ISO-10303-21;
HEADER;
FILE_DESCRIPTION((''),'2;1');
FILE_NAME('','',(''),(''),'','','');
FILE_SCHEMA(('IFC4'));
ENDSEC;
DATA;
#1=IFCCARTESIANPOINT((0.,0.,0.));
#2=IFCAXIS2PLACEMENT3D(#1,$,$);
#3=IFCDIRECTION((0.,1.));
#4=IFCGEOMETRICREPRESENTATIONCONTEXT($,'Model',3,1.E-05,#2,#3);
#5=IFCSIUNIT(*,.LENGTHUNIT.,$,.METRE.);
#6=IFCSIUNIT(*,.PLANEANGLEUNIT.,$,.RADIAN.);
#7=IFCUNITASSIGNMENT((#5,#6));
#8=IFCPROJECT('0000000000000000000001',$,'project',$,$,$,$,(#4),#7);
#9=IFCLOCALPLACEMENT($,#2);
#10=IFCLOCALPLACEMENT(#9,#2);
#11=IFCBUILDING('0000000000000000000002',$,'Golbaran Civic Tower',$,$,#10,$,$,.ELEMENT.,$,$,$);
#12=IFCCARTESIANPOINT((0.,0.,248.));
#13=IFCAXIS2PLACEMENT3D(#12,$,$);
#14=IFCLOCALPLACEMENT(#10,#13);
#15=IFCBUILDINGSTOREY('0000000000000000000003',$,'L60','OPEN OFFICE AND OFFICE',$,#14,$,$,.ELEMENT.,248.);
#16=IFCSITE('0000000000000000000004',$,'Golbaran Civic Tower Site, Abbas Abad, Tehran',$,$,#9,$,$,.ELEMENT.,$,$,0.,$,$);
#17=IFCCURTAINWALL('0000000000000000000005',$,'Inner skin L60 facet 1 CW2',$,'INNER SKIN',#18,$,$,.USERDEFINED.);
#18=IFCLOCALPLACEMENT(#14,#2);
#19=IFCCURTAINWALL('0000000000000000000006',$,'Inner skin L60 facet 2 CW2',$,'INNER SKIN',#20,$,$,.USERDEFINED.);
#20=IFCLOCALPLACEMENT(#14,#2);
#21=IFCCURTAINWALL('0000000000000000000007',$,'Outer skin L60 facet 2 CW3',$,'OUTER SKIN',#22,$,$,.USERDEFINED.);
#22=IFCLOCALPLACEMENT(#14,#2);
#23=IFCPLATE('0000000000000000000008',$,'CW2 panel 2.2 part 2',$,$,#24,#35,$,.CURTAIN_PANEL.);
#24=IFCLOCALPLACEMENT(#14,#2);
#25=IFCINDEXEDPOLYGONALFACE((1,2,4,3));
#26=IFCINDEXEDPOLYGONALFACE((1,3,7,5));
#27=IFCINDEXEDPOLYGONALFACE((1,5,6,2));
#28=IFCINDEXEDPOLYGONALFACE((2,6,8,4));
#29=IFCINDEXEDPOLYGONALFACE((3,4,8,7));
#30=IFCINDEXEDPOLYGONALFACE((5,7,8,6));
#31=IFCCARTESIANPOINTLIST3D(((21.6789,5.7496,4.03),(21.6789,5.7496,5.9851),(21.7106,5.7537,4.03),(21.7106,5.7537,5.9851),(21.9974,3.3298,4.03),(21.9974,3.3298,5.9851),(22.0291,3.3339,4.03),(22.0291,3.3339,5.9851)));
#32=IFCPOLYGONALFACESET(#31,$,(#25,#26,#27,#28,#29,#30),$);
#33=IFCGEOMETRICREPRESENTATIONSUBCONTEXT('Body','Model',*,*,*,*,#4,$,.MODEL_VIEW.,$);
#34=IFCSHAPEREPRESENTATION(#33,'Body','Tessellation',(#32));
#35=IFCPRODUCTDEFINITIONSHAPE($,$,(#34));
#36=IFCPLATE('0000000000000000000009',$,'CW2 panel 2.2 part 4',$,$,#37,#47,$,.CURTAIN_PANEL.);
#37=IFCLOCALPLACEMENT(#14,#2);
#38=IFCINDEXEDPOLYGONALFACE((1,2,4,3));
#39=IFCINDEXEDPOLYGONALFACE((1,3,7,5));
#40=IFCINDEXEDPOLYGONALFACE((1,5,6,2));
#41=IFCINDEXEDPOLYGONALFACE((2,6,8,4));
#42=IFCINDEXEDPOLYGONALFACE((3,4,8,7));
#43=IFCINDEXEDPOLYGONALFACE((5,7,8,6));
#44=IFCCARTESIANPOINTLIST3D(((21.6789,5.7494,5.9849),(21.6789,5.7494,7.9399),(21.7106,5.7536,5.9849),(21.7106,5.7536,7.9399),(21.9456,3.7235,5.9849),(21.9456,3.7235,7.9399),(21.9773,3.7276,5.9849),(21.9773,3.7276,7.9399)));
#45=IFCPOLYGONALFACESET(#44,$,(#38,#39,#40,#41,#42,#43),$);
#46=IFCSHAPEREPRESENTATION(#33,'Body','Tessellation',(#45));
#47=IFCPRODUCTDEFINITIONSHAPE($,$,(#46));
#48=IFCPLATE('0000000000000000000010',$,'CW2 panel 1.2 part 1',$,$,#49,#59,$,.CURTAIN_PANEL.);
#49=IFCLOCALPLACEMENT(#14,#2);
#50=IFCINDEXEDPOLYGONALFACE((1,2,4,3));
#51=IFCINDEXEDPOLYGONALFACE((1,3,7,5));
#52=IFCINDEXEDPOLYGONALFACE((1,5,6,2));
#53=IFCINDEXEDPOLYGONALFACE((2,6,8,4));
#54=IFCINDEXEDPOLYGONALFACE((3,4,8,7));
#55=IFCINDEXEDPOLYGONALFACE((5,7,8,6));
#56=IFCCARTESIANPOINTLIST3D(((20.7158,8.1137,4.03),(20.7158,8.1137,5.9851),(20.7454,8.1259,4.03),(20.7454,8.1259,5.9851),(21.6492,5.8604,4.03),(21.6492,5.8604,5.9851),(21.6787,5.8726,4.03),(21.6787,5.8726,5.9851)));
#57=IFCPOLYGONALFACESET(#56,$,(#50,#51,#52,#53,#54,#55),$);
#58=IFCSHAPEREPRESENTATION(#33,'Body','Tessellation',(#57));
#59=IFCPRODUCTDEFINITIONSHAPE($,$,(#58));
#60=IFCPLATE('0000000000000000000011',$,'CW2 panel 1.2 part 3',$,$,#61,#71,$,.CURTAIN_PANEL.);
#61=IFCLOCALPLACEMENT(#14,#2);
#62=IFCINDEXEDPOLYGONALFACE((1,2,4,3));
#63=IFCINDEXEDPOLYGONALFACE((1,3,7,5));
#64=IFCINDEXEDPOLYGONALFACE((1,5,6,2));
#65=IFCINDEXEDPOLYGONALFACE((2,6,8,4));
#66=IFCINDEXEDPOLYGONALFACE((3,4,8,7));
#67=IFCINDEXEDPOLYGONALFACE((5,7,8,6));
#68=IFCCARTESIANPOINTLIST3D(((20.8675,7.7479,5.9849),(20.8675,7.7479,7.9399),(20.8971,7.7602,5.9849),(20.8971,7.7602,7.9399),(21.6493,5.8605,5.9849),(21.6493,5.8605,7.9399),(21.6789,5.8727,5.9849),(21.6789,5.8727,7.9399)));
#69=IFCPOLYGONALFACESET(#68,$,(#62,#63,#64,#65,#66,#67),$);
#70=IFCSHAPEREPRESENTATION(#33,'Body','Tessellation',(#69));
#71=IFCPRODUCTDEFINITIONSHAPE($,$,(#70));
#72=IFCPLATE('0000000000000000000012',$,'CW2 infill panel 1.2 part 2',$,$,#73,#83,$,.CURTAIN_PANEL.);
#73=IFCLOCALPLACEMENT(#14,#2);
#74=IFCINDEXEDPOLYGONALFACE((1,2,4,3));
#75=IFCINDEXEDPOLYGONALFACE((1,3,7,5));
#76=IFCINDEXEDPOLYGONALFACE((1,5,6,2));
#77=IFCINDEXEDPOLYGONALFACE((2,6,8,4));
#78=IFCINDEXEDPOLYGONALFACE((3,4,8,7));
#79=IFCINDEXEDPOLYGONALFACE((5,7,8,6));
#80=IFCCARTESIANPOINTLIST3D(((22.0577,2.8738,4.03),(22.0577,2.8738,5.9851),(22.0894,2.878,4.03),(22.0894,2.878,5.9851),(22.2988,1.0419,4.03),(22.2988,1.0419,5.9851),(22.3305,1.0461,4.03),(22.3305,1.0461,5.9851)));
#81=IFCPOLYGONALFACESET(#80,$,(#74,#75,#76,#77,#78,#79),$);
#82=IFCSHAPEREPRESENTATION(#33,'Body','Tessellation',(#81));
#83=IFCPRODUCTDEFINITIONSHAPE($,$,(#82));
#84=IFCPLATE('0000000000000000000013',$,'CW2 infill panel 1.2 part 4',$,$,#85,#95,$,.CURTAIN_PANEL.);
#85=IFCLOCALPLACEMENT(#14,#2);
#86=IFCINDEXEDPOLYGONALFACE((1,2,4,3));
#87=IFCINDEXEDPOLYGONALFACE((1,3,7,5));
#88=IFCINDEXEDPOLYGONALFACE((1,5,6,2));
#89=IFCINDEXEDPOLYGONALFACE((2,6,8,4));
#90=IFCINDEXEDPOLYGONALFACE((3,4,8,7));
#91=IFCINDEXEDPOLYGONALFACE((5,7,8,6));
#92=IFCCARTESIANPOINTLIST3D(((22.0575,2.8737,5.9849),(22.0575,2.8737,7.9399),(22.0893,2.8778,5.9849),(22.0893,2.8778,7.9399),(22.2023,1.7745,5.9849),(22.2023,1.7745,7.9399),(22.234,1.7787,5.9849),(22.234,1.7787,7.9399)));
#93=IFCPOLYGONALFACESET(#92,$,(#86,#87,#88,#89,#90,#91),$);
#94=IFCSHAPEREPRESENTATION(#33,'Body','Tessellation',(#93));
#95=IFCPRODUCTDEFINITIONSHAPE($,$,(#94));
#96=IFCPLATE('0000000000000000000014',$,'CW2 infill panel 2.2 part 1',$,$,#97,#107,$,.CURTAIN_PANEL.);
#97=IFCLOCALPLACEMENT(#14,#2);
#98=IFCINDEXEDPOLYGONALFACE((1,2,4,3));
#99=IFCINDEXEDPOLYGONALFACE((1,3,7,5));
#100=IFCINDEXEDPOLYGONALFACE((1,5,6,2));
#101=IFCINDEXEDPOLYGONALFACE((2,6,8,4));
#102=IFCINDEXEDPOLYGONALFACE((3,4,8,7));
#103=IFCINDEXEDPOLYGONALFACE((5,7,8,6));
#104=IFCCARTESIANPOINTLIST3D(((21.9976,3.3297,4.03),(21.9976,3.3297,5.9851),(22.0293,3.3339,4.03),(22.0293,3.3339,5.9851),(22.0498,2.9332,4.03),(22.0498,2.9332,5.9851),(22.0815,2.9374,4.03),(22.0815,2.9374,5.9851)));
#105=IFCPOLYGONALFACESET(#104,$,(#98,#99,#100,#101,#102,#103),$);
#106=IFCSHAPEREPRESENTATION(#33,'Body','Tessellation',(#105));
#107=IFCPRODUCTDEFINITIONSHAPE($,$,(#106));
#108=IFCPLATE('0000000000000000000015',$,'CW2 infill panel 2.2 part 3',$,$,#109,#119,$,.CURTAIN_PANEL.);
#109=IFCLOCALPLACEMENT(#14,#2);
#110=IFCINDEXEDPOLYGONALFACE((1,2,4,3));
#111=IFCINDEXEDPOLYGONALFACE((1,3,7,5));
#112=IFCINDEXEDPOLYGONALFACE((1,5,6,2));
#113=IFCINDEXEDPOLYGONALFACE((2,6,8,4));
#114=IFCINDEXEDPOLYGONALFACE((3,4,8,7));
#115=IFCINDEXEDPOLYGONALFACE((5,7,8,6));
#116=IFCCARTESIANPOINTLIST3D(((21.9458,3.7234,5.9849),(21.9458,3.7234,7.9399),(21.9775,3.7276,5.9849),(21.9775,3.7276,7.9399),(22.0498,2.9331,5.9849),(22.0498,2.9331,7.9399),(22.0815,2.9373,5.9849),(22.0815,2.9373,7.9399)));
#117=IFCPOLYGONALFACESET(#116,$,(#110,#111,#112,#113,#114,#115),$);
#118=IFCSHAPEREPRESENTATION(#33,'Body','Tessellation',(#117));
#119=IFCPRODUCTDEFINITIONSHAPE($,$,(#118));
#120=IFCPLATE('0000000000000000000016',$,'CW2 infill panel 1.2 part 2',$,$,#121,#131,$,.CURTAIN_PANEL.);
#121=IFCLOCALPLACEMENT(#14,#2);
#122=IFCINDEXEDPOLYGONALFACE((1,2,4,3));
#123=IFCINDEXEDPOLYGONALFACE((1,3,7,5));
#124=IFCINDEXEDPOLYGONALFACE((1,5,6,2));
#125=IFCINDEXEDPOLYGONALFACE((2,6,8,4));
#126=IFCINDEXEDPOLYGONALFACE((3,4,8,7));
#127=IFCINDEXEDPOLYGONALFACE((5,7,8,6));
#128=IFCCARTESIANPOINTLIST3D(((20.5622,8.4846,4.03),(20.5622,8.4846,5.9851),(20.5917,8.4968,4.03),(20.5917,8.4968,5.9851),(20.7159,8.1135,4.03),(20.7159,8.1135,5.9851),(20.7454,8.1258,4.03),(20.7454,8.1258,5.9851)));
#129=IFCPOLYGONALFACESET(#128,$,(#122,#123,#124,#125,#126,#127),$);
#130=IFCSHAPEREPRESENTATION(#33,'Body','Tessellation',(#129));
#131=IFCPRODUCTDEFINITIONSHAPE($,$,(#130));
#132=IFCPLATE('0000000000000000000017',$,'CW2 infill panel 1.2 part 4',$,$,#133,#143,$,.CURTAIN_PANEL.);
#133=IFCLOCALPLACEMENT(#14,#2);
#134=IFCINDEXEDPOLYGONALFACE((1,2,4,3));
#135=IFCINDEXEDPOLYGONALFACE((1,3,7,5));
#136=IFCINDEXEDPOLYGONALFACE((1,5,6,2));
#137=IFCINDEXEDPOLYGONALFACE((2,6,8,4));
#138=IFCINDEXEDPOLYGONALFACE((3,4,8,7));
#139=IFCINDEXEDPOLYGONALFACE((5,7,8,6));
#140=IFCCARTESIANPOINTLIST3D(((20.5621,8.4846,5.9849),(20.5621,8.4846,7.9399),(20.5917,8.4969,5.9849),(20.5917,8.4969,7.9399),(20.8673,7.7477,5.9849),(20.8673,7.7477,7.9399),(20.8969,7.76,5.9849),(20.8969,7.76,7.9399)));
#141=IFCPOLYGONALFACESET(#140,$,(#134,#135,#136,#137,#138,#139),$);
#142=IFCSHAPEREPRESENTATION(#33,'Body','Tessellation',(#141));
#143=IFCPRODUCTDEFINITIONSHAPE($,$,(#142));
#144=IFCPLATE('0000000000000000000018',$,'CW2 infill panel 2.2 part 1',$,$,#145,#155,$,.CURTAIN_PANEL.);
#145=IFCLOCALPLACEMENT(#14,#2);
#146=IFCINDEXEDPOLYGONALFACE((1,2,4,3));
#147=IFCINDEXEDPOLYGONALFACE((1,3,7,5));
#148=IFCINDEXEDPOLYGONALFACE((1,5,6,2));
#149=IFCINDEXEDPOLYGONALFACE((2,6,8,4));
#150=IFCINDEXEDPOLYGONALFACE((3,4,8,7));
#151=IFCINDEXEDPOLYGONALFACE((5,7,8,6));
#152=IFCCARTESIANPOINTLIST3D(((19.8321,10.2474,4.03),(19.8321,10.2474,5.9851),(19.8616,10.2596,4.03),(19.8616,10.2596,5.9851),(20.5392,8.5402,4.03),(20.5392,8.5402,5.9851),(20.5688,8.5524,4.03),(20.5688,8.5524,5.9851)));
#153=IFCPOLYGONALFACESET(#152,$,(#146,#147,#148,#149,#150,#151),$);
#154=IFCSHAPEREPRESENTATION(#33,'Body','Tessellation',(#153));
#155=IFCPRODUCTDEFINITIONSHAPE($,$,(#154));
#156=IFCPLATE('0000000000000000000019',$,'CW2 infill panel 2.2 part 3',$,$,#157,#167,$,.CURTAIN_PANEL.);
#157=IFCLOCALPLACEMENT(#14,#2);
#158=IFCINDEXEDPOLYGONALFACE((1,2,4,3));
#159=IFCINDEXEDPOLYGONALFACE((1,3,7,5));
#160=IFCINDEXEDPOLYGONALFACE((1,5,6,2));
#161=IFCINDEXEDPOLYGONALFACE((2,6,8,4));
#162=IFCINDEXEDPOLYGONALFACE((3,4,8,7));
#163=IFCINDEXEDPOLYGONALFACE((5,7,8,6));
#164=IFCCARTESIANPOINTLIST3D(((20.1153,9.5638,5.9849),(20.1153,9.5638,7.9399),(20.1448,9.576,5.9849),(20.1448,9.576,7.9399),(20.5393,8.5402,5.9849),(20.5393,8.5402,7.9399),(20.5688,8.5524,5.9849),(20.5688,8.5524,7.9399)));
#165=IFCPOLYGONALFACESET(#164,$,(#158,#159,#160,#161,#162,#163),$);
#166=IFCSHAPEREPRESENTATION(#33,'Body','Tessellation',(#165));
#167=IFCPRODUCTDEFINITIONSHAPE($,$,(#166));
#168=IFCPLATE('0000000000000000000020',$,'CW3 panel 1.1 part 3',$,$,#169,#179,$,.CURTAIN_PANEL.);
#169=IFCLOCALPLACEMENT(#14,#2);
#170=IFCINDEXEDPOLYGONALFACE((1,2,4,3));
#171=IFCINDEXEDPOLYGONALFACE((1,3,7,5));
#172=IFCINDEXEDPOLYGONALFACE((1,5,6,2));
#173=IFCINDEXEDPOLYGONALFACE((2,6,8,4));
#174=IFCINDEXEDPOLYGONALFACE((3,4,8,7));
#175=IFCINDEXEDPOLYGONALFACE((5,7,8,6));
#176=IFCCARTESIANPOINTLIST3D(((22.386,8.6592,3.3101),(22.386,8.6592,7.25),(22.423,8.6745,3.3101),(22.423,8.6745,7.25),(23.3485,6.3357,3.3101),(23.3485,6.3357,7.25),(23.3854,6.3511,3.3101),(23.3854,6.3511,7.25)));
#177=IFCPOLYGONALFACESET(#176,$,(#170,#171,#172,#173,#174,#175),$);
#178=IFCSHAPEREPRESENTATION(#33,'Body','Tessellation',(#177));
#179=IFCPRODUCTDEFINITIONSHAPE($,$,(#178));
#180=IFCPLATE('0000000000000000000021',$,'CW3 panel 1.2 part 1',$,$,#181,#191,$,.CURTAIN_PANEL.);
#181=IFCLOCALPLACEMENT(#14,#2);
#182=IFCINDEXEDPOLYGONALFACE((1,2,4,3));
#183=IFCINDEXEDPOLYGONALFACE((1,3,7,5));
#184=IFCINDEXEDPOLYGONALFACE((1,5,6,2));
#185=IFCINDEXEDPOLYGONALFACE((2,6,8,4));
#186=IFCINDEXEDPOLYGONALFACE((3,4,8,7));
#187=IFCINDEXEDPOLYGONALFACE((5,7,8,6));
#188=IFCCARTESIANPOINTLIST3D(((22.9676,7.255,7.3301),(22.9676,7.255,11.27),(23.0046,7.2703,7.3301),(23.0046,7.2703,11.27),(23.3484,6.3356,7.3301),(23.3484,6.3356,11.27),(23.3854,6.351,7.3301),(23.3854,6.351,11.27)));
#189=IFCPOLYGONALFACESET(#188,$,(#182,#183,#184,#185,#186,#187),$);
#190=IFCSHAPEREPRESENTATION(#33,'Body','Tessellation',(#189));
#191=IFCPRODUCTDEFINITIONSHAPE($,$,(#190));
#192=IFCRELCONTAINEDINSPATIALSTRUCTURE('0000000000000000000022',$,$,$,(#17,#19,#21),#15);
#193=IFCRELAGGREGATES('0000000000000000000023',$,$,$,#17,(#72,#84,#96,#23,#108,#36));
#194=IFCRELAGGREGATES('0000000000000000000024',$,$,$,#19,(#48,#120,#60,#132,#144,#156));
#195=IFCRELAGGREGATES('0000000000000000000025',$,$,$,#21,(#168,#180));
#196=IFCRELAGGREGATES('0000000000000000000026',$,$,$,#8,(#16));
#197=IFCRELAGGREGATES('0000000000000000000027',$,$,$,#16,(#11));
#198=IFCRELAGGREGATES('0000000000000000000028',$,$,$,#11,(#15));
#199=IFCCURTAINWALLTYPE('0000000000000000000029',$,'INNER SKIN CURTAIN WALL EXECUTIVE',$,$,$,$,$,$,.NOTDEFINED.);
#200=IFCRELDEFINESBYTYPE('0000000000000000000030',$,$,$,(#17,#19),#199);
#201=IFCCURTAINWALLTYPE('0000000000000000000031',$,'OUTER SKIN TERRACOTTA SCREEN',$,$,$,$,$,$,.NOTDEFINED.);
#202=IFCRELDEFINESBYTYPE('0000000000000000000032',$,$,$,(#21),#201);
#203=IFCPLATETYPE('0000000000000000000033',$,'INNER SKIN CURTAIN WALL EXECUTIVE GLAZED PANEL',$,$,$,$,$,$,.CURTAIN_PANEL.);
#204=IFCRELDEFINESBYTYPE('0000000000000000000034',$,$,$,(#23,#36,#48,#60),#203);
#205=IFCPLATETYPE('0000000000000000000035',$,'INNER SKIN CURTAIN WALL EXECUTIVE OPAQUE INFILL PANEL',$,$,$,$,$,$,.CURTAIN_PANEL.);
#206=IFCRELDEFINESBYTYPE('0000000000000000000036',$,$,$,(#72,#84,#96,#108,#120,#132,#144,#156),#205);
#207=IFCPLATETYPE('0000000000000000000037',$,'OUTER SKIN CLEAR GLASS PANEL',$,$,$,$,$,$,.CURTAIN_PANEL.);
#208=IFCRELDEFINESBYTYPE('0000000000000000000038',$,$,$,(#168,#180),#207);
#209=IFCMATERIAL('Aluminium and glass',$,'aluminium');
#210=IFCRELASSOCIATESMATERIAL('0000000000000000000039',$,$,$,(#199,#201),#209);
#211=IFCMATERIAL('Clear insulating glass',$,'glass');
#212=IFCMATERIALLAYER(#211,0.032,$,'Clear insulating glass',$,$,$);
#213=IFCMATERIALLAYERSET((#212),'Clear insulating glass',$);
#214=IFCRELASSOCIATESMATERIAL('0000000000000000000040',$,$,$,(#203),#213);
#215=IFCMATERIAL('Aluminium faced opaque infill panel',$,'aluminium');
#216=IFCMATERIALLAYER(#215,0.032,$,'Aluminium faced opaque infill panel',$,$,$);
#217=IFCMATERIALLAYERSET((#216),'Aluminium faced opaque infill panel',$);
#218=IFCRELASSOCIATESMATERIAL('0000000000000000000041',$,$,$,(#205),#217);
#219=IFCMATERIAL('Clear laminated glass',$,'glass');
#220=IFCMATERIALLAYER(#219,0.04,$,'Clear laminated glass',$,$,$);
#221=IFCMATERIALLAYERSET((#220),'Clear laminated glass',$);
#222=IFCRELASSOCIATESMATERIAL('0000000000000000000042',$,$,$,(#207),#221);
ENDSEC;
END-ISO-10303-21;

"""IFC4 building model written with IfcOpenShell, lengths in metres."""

from ifc_helpers import new_model, si_unit, direction, frame, origin, origin_2d, place, context, subcontext, project, spatial, rectangle, extrude, material, layer, layer_set, type_object, element, aggregate, save


model = new_model("IFC4")

# Units and contexts
model_context = context("Model", 3, precision=1e-05, world=origin(), true_north=direction((0.0, 1.0)))
body_context = subcontext(model_context, "Body", "Model", "MODEL_VIEW")
ifc_project = project(units=[si_unit("LENGTHUNIT", "METRE"), si_unit("PLANEANGLEUNIT", "RADIAN")], contexts=[model_context])

# Site, building, storey
site_placement = place(None, origin())
site = spatial("IfcSite", under=ifc_project, at=site_placement, Name="Golbaran Civic Tower Site, Abbas Abad, Tehran", CompositionType="ELEMENT", RefElevation=0.0)
building_placement = place(site_placement, origin())
building = spatial("IfcBuilding", under=site, at=building_placement, Name="Golbaran Civic Tower", CompositionType="ELEMENT")
storey_placement = place(building_placement, frame((0.0, 0.0, 248.0)))
storey = spatial("IfcBuildingStorey", under=building, at=storey_placement, Name="L60", Description="OPEN OFFICE AND OFFICE", CompositionType="ELEMENT", Elevation=248.0)

# Curtain walls
ifc_material_1 = material(Name="Aluminium and glass", Category="aluminium")
curtain_wall_type_1 = type_object("IfcCurtainWallType", Name="INNER SKIN CURTAIN WALL EXECUTIVE", PredefinedType="NOTDEFINED", material=ifc_material_1)
curtain_wall_1_placement = place(storey_placement, origin())
curtain_wall_1 = element("IfcCurtainWall", 1, at=curtain_wall_1_placement, inside=storey, type_object=curtain_wall_type_1, Name="Inner skin L60 facet 1 CW2", ObjectType="INNER SKIN", PredefinedType="USERDEFINED")
curtain_wall_2_placement = place(storey_placement, origin())
curtain_wall_2 = element("IfcCurtainWall", 2, at=curtain_wall_2_placement, inside=storey, type_object=curtain_wall_type_1, Name="Inner skin L60 facet 2 CW2", ObjectType="INNER SKIN", PredefinedType="USERDEFINED")
curtain_wall_type_2 = type_object("IfcCurtainWallType", Name="OUTER SKIN TERRACOTTA SCREEN", PredefinedType="NOTDEFINED", material=ifc_material_1)
curtain_wall_3_placement = place(storey_placement, origin())
curtain_wall_3 = element("IfcCurtainWall", 3, at=curtain_wall_3_placement, inside=storey, type_object=curtain_wall_type_2, Name="Outer skin L60 facet 2 CW3", ObjectType="OUTER SKIN", PredefinedType="USERDEFINED")

# Plates
ifc_material_2 = material(Name="Clear insulating glass", Category="glass")
ifc_layer_1 = layer(ifc_material_2, 0.032, Name="Clear insulating glass")
ifc_layer_set_1 = layer_set([ifc_layer_1], Name="Clear insulating glass")
plate_type_1 = type_object("IfcPlateType", Name="INNER SKIN CURTAIN WALL EXECUTIVE GLAZED PANEL", PredefinedType="CURTAIN_PANEL", material=ifc_layer_set_1)
plate_1_placement = place(storey_placement, frame((21.854, 4.5417, 4.03), z_axis=(0.0, 0.0, 1.0), x_axis=(-0.130526, 0.991445, 0.0)))
plate_1 = element("IfcPlate", 4, at=plate_1_placement, type_object=plate_type_1, Name="CW2 panel 2.2 part 2", PredefinedType="CURTAIN_PANEL", context=body_context, shape_type="SweptSolid", body=[
    extrude(rectangle(XDim=2.4407, YDim=0.032, at=origin_2d()), origin(), (0.0, 0.0, 1.0), 1.9551),
])
plate_2_placement = place(storey_placement, frame((21.8281, 4.7385, 5.9849), z_axis=(0.0, 0.0, 1.0), x_axis=(-0.130526, 0.991445, 0.0)))
plate_2 = element("IfcPlate", 5, at=plate_2_placement, type_object=plate_type_1, Name="CW2 panel 2.2 part 4", PredefinedType="CURTAIN_PANEL", context=body_context, shape_type="SweptSolid", body=[
    extrude(rectangle(XDim=2.0435, YDim=0.032, at=origin_2d()), origin(), (0.0, 0.0, 1.0), 1.9551),
])
plate_3_placement = place(storey_placement, frame((21.1973, 6.9932, 4.03), z_axis=(0.0, 0.0, 1.0), x_axis=(-0.382683, 0.92388, 0.0)))
plate_3 = element("IfcPlate", 6, at=plate_3_placement, type_object=plate_type_1, Name="CW2 panel 1.2 part 1", PredefinedType="CURTAIN_PANEL", context=body_context, shape_type="SweptSolid", body=[
    extrude(rectangle(XDim=2.439, YDim=0.032, at=origin_2d()), origin(), (0.0, 0.0, 1.0), 1.9551),
])
plate_4_placement = place(storey_placement, frame((21.2732, 6.8103, 5.9849), z_axis=(0.0, 0.0, 1.0), x_axis=(-0.382683, 0.92388, 0.0)))
plate_4 = element("IfcPlate", 7, at=plate_4_placement, type_object=plate_type_1, Name="CW2 panel 1.2 part 3", PredefinedType="CURTAIN_PANEL", context=body_context, shape_type="SweptSolid", body=[
    extrude(rectangle(XDim=2.043, YDim=0.032, at=origin_2d()), origin(), (0.0, 0.0, 1.0), 1.9551),
])
ifc_material_3 = material(Name="Aluminium faced opaque infill panel", Category="aluminium")
ifc_layer_2 = layer(ifc_material_3, 0.032, Name="Aluminium faced opaque infill panel")
ifc_layer_set_2 = layer_set([ifc_layer_2], Name="Aluminium faced opaque infill panel")
plate_type_2 = type_object("IfcPlateType", Name="INNER SKIN CURTAIN WALL EXECUTIVE OPAQUE INFILL PANEL", PredefinedType="CURTAIN_PANEL", material=ifc_layer_set_2)
plate_5_placement = place(storey_placement, frame((22.1941, 1.96, 4.03), z_axis=(0.0, 0.0, 1.0), x_axis=(-0.130526, 0.991445, 0.0)))
plate_5 = element("IfcPlate", 8, at=plate_5_placement, type_object=plate_type_2, Name="CW2 infill panel 1.2 part 2", PredefinedType="CURTAIN_PANEL", context=body_context, shape_type="SweptSolid", body=[
    extrude(rectangle(XDim=1.8477, YDim=0.032, at=origin_2d()), origin(), (0.0, 0.0, 1.0), 1.9551),
])
plate_6_placement = place(storey_placement, frame((22.1458, 2.3262, 5.9849), z_axis=(0.0, 0.0, 1.0), x_axis=(-0.130526, 0.991445, 0.0)))
plate_6 = element("IfcPlate", 9, at=plate_6_placement, type_object=plate_type_2, Name="CW2 infill panel 1.2 part 4", PredefinedType="CURTAIN_PANEL", context=body_context, shape_type="SweptSolid", body=[
    extrude(rectangle(XDim=1.1086, YDim=0.032, at=origin_2d()), origin(), (0.0, 0.0, 1.0), 1.9551),
])
plate_7_placement = place(storey_placement, frame((22.0396, 3.1335, 4.03), z_axis=(0.0, 0.0, 1.0), x_axis=(-0.130526, 0.991445, 0.0)))
plate_7 = element("IfcPlate", 10, at=plate_7_placement, type_object=plate_type_2, Name="CW2 infill panel 2.2 part 1", PredefinedType="CURTAIN_PANEL", context=body_context, shape_type="SweptSolid", body=[
    extrude(rectangle(XDim=0.3999, YDim=0.032, at=origin_2d()), origin(), (0.0, 0.0, 1.0), 1.9551),
])
plate_8_placement = place(storey_placement, frame((22.0137, 3.3303, 5.9849), z_axis=(0.0, 0.0, 1.0), x_axis=(-0.130526, 0.991445, 0.0)))
plate_8 = element("IfcPlate", 11, at=plate_8_placement, type_object=plate_type_2, Name="CW2 infill panel 2.2 part 3", PredefinedType="CURTAIN_PANEL", context=body_context, shape_type="SweptSolid", body=[
    extrude(rectangle(XDim=0.7971, YDim=0.032, at=origin_2d()), origin(), (0.0, 0.0, 1.0), 1.9551),
])
aggregate(curtain_wall_1, [plate_5, plate_6, plate_7, plate_1, plate_8, plate_2])
plate_9_placement = place(storey_placement, frame((20.6538, 8.3052, 4.03), z_axis=(0.0, 0.0, 1.0), x_axis=(-0.382683, 0.92388, 0.0)))
plate_9 = element("IfcPlate", 12, at=plate_9_placement, type_object=plate_type_2, Name="CW2 infill panel 1.2 part 2", PredefinedType="CURTAIN_PANEL", context=body_context, shape_type="SweptSolid", body=[
    extrude(rectangle(XDim=0.4016, YDim=0.032, at=origin_2d()), origin(), (0.0, 0.0, 1.0), 1.9551),
])
plate_10_placement = place(storey_placement, frame((20.7295, 8.1223, 5.9849), z_axis=(0.0, 0.0, 1.0), x_axis=(-0.382683, 0.92388, 0.0)))
plate_10 = element("IfcPlate", 13, at=plate_10_placement, type_object=plate_type_2, Name="CW2 infill panel 1.2 part 4", PredefinedType="CURTAIN_PANEL", context=body_context, shape_type="SweptSolid", body=[
    extrude(rectangle(XDim=0.7976, YDim=0.032, at=origin_2d()), origin(), (0.0, 0.0, 1.0), 1.9551),
])
plate_11_placement = place(storey_placement, frame((20.2004, 9.3999, 4.03), z_axis=(0.0, 0.0, 1.0), x_axis=(-0.382683, 0.92388, 0.0)))
plate_11 = element("IfcPlate", 14, at=plate_11_placement, type_object=plate_type_2, Name="CW2 infill panel 2.2 part 1", PredefinedType="CURTAIN_PANEL", context=body_context, shape_type="SweptSolid", body=[
    extrude(rectangle(XDim=1.8479, YDim=0.032, at=origin_2d()), origin(), (0.0, 0.0, 1.0), 1.9551),
])
plate_12_placement = place(storey_placement, frame((20.342, 9.0581, 5.9849), z_axis=(0.0, 0.0, 1.0), x_axis=(-0.382683, 0.92388, 0.0)))
plate_12 = element("IfcPlate", 15, at=plate_12_placement, type_object=plate_type_2, Name="CW2 infill panel 2.2 part 3", PredefinedType="CURTAIN_PANEL", context=body_context, shape_type="SweptSolid", body=[
    extrude(rectangle(XDim=1.1079, YDim=0.032, at=origin_2d()), origin(), (0.0, 0.0, 1.0), 1.9551),
])
aggregate(curtain_wall_2, [plate_3, plate_9, plate_4, plate_10, plate_11, plate_12])
ifc_material_4 = material(Name="Clear laminated glass", Category="glass")
ifc_layer_3 = layer(ifc_material_4, 0.04, Name="Clear laminated glass")
ifc_layer_set_3 = layer_set([ifc_layer_3], Name="Clear laminated glass")
plate_type_3 = type_object("IfcPlateType", Name="OUTER SKIN CLEAR GLASS PANEL", PredefinedType="CURTAIN_PANEL", material=ifc_layer_set_3)
plate_13_placement = place(storey_placement, frame((22.8857, 7.5051, 3.3101), z_axis=(0.0, 0.0, 1.0), x_axis=(-0.382683, 0.92388, 0.0)))
plate_13 = element("IfcPlate", 16, at=plate_13_placement, type_object=plate_type_3, Name="CW3 panel 1.1 part 3", PredefinedType="CURTAIN_PANEL", context=body_context, shape_type="SweptSolid", body=[
    extrude(rectangle(XDim=2.5149, YDim=0.04, at=origin_2d()), origin(), (0.0, 0.0, 1.0), 3.9399),
])
plate_14_placement = place(storey_placement, frame((23.1765, 6.803, 7.3301), z_axis=(0.0, 0.0, 1.0), x_axis=(-0.382683, 0.92388, 0.0)))
plate_14 = element("IfcPlate", 17, at=plate_14_placement, type_object=plate_type_3, Name="CW3 panel 1.2 part 1", PredefinedType="CURTAIN_PANEL", context=body_context, shape_type="SweptSolid", body=[
    extrude(rectangle(XDim=0.9951, YDim=0.04, at=origin_2d()), origin(), (0.0, 0.0, 1.0), 3.9399),
])
aggregate(curtain_wall_3, [plate_13, plate_14])

save(model, "model.ifc")
